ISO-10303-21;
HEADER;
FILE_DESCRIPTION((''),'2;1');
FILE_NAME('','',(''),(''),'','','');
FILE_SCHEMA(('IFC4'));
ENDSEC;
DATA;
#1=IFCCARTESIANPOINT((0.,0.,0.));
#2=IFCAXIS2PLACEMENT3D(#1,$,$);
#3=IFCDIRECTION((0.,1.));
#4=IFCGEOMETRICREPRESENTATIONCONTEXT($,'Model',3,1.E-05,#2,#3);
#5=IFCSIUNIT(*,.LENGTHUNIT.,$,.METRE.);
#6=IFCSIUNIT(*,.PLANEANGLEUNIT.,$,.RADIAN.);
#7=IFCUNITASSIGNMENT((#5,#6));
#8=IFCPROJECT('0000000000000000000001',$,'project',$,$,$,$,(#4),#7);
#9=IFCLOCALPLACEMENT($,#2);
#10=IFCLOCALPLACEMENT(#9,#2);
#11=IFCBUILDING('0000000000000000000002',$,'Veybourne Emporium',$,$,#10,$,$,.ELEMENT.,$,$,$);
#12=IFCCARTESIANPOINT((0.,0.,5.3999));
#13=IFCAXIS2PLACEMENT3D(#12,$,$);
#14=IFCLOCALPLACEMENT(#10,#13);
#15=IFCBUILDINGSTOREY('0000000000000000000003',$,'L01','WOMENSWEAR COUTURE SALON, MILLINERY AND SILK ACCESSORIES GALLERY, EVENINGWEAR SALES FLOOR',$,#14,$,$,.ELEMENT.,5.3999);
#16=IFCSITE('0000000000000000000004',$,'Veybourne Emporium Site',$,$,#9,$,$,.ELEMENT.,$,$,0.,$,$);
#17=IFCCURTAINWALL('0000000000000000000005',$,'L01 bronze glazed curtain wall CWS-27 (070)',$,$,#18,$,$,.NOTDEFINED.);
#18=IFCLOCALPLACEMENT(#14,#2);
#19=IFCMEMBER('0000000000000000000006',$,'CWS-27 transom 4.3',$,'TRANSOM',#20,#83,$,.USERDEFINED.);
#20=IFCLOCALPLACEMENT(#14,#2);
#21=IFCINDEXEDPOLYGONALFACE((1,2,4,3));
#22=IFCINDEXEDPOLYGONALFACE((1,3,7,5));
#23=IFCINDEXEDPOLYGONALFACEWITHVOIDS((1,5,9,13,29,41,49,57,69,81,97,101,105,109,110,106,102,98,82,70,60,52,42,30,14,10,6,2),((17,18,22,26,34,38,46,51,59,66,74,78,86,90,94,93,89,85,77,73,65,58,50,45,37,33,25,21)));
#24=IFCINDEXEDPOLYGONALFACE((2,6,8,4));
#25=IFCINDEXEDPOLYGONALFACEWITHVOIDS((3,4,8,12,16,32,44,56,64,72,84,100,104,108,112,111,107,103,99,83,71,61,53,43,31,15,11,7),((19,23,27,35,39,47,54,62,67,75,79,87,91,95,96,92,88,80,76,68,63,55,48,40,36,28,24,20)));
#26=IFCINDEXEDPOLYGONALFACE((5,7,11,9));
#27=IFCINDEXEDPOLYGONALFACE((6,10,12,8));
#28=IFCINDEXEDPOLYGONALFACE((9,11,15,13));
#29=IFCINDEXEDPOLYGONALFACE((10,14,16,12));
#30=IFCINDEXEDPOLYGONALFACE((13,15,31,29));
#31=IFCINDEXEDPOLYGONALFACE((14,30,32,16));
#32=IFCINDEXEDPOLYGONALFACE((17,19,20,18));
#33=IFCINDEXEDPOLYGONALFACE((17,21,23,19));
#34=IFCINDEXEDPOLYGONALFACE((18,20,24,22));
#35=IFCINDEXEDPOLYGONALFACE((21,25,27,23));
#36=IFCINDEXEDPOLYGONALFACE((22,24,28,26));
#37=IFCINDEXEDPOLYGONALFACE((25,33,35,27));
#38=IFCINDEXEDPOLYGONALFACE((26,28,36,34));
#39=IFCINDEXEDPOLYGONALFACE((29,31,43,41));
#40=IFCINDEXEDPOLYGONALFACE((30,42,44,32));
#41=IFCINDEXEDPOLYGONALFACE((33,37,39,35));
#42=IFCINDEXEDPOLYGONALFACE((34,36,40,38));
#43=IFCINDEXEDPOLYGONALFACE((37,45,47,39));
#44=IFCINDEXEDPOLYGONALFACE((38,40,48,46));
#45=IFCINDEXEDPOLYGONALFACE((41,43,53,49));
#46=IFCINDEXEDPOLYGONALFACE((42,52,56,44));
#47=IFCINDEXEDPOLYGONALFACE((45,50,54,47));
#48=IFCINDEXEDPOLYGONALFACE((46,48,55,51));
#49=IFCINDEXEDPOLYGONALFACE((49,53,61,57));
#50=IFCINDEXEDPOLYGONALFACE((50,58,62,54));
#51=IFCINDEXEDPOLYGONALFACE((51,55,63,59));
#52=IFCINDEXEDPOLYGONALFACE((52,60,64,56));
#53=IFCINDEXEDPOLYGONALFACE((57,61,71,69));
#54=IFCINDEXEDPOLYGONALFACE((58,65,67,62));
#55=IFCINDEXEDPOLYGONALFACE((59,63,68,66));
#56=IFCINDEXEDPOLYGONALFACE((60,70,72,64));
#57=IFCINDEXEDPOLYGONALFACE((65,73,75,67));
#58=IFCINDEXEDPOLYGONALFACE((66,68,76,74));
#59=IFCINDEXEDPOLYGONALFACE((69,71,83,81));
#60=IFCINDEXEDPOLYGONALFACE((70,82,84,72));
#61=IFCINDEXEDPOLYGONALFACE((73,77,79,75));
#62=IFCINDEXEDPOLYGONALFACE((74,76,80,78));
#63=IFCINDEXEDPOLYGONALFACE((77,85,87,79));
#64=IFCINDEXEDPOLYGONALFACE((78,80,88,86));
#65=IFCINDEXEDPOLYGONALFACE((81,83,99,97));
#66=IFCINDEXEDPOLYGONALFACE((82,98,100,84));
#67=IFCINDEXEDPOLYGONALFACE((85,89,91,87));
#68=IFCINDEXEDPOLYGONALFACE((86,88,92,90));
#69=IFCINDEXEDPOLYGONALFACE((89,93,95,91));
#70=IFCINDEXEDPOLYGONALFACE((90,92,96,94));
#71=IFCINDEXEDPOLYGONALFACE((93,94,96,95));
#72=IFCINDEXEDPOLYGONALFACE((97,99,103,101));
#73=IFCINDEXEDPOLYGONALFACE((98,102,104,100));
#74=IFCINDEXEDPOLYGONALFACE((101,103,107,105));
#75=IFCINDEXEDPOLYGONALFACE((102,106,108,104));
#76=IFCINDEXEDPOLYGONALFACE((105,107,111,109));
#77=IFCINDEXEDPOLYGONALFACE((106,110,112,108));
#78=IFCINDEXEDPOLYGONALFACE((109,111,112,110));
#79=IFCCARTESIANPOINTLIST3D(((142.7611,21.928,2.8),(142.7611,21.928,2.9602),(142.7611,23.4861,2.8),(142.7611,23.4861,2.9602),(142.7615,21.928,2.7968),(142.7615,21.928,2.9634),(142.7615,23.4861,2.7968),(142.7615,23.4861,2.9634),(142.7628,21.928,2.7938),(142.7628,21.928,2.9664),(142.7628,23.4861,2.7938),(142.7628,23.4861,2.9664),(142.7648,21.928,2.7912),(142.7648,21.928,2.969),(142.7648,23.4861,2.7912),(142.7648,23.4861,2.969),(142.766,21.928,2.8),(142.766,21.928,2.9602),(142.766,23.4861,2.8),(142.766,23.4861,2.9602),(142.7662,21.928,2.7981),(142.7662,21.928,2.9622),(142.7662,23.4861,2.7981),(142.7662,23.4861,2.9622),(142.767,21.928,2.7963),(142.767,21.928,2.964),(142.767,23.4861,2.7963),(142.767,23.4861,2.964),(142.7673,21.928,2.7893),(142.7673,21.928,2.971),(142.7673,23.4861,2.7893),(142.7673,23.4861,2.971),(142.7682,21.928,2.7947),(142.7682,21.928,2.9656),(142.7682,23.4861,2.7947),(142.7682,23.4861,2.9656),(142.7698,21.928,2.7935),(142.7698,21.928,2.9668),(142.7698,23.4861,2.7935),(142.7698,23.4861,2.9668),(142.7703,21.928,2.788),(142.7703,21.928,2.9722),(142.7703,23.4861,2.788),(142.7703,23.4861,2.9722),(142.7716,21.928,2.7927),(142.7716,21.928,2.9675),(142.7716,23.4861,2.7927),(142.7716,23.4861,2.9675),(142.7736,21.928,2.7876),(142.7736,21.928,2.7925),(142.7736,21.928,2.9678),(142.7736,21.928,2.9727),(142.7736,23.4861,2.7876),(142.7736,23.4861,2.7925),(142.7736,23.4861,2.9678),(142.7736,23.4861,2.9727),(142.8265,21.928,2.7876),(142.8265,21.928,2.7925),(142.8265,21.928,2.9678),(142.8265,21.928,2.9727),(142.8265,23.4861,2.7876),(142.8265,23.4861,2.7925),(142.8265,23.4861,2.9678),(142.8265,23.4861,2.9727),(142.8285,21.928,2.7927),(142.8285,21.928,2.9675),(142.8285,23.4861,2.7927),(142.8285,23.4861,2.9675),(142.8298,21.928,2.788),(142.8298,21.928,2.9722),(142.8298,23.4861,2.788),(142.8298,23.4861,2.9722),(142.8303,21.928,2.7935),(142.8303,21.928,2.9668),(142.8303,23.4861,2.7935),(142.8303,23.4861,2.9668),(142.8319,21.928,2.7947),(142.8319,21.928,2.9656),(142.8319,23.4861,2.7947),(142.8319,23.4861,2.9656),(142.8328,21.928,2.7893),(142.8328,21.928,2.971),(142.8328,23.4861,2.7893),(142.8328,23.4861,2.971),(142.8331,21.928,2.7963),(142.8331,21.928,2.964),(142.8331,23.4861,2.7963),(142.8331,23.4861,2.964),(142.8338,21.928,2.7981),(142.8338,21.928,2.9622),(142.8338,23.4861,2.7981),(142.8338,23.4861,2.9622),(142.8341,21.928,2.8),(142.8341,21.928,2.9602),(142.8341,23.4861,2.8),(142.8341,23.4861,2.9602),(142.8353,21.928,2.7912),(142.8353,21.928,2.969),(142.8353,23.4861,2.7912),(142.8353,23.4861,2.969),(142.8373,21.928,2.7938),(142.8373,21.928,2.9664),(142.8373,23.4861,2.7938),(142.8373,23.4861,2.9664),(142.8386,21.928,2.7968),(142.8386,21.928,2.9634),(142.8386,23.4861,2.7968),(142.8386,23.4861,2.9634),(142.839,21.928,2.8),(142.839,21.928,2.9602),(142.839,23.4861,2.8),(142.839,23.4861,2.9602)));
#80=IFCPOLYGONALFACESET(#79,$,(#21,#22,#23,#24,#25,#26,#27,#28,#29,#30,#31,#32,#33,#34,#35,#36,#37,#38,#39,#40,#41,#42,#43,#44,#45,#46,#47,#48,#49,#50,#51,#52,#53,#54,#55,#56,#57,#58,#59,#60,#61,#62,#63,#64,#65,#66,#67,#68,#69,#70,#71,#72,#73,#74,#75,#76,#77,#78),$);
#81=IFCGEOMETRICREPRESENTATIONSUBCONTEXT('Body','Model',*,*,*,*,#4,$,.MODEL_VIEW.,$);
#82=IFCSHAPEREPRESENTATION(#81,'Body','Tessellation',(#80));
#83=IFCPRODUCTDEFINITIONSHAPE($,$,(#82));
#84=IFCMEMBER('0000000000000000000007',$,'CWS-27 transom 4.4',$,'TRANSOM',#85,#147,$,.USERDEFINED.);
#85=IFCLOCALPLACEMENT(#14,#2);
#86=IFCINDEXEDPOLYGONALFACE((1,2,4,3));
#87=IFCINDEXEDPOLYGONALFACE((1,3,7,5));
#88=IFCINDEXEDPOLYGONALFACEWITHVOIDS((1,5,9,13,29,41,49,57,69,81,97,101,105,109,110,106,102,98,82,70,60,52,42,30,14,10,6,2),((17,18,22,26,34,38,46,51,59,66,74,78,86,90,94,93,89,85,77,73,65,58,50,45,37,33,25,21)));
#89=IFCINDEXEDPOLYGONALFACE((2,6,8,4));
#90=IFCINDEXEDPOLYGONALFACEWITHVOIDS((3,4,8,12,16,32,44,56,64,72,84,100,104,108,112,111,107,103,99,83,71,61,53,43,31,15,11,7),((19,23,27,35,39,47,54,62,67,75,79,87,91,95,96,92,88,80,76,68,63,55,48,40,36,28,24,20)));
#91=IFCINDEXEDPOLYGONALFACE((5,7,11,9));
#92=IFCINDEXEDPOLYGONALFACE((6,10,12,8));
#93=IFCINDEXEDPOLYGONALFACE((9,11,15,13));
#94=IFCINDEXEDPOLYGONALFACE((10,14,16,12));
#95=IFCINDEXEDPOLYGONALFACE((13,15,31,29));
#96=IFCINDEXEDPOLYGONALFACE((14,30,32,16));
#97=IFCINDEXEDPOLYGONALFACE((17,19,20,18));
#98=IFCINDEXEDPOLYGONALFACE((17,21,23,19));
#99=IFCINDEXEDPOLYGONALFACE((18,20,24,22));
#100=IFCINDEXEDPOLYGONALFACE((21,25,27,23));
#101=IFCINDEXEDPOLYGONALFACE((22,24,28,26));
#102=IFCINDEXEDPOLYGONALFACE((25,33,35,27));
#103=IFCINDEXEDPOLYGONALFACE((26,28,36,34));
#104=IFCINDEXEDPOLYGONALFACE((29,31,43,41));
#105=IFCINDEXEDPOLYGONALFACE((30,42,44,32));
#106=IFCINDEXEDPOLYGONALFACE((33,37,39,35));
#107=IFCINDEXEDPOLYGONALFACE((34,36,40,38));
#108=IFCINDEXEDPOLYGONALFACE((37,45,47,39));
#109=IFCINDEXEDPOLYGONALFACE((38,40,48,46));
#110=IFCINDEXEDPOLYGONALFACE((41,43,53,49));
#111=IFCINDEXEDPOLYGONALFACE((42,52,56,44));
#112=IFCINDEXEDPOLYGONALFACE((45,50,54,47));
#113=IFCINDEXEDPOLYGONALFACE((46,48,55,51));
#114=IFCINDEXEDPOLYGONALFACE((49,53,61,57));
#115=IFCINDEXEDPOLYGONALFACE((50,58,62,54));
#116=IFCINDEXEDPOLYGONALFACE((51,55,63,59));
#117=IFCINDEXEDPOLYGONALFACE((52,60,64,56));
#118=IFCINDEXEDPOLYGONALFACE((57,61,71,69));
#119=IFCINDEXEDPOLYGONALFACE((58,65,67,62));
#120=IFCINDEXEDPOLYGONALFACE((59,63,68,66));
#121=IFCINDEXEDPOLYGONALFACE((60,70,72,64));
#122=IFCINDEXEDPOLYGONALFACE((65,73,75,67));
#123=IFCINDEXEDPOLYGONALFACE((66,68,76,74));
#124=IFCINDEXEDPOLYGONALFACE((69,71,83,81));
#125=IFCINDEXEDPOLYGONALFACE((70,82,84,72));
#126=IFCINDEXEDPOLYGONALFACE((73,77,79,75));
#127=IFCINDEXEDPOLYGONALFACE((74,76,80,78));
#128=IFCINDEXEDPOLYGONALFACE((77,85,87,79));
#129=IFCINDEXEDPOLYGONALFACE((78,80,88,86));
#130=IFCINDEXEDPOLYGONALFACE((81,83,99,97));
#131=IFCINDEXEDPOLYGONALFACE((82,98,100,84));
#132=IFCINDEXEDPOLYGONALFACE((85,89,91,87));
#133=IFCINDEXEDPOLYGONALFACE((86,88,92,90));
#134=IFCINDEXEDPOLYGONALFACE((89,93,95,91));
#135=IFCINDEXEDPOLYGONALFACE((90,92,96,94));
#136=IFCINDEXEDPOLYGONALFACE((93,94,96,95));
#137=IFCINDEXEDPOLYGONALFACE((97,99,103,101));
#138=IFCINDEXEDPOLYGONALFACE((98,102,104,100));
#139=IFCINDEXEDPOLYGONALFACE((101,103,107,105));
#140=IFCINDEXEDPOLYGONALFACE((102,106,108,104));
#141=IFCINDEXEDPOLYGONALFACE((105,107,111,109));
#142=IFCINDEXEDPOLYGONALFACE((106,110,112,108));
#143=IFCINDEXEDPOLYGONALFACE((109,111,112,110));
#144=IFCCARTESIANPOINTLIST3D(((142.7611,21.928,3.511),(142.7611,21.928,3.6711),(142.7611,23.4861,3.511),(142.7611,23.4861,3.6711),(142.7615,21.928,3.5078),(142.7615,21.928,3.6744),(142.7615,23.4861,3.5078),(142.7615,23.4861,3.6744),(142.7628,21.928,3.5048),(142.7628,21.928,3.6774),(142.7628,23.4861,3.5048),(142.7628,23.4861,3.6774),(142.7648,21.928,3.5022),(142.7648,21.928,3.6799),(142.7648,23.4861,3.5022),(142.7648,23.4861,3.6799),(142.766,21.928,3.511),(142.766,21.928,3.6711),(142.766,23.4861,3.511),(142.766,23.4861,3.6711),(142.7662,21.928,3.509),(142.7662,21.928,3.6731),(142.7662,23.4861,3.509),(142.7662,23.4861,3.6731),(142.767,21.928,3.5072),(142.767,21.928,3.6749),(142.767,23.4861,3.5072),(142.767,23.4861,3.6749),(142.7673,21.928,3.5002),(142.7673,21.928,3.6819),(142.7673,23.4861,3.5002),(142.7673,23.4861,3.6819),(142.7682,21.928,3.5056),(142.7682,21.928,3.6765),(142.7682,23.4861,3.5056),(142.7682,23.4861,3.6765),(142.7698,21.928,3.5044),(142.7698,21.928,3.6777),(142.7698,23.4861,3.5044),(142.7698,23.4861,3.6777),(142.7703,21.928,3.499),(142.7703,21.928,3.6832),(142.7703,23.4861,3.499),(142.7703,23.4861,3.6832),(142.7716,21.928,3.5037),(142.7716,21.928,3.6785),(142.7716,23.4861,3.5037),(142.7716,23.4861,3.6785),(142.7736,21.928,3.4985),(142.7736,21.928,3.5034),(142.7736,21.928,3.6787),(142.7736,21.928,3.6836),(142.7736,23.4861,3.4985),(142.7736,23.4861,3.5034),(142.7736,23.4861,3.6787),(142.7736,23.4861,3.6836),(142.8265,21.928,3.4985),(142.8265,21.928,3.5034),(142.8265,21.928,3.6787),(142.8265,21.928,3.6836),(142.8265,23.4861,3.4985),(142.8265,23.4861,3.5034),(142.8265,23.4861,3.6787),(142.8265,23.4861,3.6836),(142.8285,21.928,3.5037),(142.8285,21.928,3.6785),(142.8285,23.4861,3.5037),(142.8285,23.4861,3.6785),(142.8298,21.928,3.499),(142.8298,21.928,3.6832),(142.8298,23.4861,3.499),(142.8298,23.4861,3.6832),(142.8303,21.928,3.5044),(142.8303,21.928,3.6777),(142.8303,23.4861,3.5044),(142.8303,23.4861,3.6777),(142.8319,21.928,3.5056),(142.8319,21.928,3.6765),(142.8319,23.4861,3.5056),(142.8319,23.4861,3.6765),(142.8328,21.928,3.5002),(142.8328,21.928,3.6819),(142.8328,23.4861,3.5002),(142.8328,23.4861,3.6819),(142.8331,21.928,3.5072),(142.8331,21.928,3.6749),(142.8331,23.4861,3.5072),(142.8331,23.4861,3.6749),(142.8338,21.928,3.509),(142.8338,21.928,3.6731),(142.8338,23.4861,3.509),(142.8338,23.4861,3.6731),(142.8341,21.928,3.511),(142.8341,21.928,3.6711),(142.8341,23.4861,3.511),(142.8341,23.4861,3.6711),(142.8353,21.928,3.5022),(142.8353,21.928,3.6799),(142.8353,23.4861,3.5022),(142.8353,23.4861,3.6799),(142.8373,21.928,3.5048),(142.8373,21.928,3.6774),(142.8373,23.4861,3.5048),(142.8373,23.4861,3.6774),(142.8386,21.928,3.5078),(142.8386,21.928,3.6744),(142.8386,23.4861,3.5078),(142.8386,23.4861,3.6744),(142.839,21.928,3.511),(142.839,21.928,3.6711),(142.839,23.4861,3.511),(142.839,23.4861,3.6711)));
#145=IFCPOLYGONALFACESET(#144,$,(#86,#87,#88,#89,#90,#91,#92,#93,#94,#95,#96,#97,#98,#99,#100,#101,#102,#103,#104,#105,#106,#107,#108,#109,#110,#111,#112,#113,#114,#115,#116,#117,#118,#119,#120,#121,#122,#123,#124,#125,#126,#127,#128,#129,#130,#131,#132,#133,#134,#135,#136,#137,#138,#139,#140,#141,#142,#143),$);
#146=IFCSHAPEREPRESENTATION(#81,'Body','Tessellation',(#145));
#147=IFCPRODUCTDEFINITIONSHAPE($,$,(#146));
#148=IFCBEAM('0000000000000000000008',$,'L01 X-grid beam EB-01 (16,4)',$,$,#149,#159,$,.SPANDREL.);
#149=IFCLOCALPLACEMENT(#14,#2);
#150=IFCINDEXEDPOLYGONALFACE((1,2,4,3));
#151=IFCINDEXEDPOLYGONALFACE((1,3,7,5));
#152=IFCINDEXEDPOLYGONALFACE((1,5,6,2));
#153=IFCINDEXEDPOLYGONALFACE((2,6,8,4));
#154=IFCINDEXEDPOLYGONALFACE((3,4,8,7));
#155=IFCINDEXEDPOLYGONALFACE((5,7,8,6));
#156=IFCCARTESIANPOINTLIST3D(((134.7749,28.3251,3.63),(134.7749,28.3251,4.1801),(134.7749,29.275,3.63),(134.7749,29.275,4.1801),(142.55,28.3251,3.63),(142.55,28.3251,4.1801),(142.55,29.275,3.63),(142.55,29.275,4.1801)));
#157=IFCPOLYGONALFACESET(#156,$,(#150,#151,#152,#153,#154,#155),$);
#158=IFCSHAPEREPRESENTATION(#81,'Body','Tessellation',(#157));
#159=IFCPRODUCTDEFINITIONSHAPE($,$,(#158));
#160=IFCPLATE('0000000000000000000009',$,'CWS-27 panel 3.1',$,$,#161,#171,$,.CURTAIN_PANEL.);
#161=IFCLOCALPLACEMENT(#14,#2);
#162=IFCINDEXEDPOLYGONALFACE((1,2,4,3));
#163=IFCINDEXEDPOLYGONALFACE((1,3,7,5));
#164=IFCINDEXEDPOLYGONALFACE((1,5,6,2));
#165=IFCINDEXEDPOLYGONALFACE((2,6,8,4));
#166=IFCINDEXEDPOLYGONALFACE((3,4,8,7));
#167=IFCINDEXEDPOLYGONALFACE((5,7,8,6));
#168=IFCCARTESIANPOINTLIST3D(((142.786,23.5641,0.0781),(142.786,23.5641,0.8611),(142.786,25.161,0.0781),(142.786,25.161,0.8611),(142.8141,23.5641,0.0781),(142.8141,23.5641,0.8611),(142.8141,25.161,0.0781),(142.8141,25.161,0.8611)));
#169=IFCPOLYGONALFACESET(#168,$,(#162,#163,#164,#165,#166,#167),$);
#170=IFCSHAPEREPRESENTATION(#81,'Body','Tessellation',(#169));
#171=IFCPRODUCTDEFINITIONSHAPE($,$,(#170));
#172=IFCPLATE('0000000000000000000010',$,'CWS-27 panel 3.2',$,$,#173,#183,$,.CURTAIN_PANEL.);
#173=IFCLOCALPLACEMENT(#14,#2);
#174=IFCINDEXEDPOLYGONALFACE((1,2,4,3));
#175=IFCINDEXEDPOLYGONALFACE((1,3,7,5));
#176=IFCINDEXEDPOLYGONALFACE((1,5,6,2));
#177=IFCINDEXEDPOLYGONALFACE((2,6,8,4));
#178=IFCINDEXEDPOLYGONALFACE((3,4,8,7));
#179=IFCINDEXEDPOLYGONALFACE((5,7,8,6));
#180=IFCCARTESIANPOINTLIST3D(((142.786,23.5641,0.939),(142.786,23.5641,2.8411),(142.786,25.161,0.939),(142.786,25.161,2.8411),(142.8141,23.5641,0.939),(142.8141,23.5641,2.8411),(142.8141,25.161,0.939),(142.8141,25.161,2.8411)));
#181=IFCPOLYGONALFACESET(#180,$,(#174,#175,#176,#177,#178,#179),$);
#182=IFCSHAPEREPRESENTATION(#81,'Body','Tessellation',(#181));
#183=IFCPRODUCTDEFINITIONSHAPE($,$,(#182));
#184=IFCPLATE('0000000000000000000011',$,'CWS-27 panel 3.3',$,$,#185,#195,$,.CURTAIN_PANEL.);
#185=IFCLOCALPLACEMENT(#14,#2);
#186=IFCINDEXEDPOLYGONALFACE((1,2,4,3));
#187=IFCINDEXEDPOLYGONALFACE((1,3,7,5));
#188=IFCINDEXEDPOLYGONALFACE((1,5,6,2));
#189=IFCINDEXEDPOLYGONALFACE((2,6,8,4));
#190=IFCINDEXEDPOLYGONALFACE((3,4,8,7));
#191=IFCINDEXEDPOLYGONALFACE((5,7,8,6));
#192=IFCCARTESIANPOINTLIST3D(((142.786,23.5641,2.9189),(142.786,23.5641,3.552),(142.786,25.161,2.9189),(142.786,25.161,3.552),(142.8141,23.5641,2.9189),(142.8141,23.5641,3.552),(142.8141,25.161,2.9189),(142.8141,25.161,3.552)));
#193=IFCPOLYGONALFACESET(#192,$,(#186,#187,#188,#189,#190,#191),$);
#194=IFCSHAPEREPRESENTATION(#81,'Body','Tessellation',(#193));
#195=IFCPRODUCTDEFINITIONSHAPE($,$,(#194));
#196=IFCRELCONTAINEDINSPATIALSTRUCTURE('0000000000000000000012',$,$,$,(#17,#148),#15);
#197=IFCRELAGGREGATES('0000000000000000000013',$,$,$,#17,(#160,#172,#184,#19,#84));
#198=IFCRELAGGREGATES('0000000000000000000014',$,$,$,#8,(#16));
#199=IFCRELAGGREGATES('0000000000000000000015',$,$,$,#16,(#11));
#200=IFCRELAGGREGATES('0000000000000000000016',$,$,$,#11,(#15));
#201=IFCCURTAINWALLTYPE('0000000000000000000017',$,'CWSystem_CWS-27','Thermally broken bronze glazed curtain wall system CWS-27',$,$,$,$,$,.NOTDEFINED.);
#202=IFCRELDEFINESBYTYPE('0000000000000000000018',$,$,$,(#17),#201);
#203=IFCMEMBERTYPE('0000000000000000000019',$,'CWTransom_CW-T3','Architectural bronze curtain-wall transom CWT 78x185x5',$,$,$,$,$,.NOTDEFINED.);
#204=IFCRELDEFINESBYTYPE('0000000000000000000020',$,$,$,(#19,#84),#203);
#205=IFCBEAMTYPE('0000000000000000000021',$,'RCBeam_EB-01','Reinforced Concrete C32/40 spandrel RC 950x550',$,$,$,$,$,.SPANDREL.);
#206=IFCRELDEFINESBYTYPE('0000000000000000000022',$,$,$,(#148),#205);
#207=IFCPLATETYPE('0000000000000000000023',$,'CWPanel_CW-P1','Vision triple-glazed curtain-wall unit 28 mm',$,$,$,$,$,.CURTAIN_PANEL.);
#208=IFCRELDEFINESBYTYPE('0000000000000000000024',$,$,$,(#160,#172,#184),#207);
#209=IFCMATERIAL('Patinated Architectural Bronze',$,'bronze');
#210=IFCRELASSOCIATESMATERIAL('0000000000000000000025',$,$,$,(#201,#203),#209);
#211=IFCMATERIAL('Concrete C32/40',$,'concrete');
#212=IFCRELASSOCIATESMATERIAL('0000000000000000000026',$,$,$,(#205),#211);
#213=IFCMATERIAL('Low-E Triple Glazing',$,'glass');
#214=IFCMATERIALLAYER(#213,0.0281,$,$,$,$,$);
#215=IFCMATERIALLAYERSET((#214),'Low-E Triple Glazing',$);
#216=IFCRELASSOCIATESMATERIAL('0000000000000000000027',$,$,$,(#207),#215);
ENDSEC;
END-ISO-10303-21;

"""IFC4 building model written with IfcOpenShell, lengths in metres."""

from ifc_helpers import new_model, si_unit, direction, frame, origin, origin_2d, place, context, subcontext, project, spatial, rectangle, hollow_rectangle, extrude, material, layer, layer_set, material_profile, profile_set, type_object, element, aggregate, save


model = new_model("IFC4")

# Units and contexts
model_context = context("Model", 3, precision=1e-05, world=origin(), true_north=direction((0.0, 1.0)))
body_context = subcontext(model_context, "Body", "Model", "MODEL_VIEW")
ifc_project = project(units=[si_unit("LENGTHUNIT", "METRE"), si_unit("PLANEANGLEUNIT", "RADIAN")], contexts=[model_context])

# Site, building, storey
site_placement = place(None, origin())
site = spatial("IfcSite", under=ifc_project, at=site_placement, Name="Veybourne Emporium Site", CompositionType="ELEMENT", RefElevation=0.0)
building_placement = place(site_placement, origin())
building = spatial("IfcBuilding", under=site, at=building_placement, Name="Veybourne Emporium", CompositionType="ELEMENT")
storey_placement = place(building_placement, frame((0.0, 0.0, 5.3999)))
storey = spatial("IfcBuildingStorey", under=building, at=storey_placement, Name="L01", Description="WOMENSWEAR COUTURE SALON, MILLINERY AND SILK ACCESSORIES GALLERY, EVENINGWEAR SALES FLOOR", CompositionType="ELEMENT", Elevation=5.3999)

# Curtain wall, members
ifc_material_1 = material(Name="Patinated Architectural Bronze", Category="bronze")
curtain_wall_type = type_object("IfcCurtainWallType", Name="CWSystem_CWS-27", Description="Thermally broken bronze glazed curtain wall system CWS-27", PredefinedType="NOTDEFINED", material=ifc_material_1)
curtain_wall_placement = place(storey_placement, origin())
curtain_wall = element("IfcCurtainWall", 1, at=curtain_wall_placement, inside=storey, type_object=curtain_wall_type, Name="L01 bronze glazed curtain wall CWS-27 (070)", PredefinedType="NOTDEFINED")
ifc_material_profile_1 = material_profile(ifc_material_1, hollow_rectangle(XDim=0.0779, YDim=0.1851, WallThickness=0.0049, InnerFilletRadius=0.0076, OuterFilletRadius=0.0125, at=origin_2d()), Name="CWT 78x185x5")
ifc_profile_set_1 = profile_set([ifc_material_profile_1], Name="Patinated Architectural Bronze")
member_type_1 = type_object("IfcMemberType", Name="CWTransom_CW-T3", Description="Architectural bronze curtain-wall transom CWT 78x185x5", PredefinedType="NOTDEFINED", material=ifc_profile_set_1)
member_1_placement = place(storey_placement, frame((142.8, 23.4861, 2.8801), z_axis=(0.0, -1.0, 0.0), x_axis=(1.0, 0.0, 0.0)))
member_1 = element("IfcMember", 2, at=member_1_placement, type_object=member_type_1, Name="CWS-27 transom 4.3", ObjectType="TRANSOM", PredefinedType="USERDEFINED", context=body_context, shape_type="SweptSolid", body=[
    extrude(hollow_rectangle(XDim=0.0779, YDim=0.1851, WallThickness=0.0049, InnerFilletRadius=0.0076, OuterFilletRadius=0.0125, at=origin_2d()), origin(), (0.0, 0.0, 1.0), 1.5581),
])
member_2_placement = place(storey_placement, frame((142.8, 23.4861, 3.5911), z_axis=(0.0, -1.0, 0.0), x_axis=(1.0, 0.0, 0.0)))
member_2 = element("IfcMember", 3, at=member_2_placement, type_object=member_type_1, Name="CWS-27 transom 4.4", ObjectType="TRANSOM", PredefinedType="USERDEFINED", context=body_context, shape_type="SweptSolid", body=[
    extrude(hollow_rectangle(XDim=0.0779, YDim=0.1851, WallThickness=0.0049, InnerFilletRadius=0.0076, OuterFilletRadius=0.0125, at=origin_2d()), origin(), (0.0, 0.0, 1.0), 1.5581),
])

# Beam
ifc_material_2 = material(Name="Concrete C32/40", Category="concrete")
ifc_material_profile_2 = material_profile(ifc_material_2, rectangle(XDim=0.95, YDim=0.55, at=origin_2d()), Name="RC 950x550")
ifc_profile_set_2 = profile_set([ifc_material_profile_2], Name="Concrete C32/40")
beam_type = type_object("IfcBeamType", Name="RCBeam_EB-01", Description="Reinforced Concrete C32/40 spandrel RC 950x550", PredefinedType="SPANDREL", material=ifc_profile_set_2)
beam_placement = place(storey_placement, frame((134.7749, 28.8, 3.905), z_axis=(1.0, 0.0, 0.0), x_axis=(0.0, 1.0, 0.0)))
element("IfcBeam", 4, at=beam_placement, inside=storey, type_object=beam_type, Name="L01 X-grid beam EB-01 (16,4)", PredefinedType="SPANDREL", context=body_context, shape_type="SweptSolid", body=[
    extrude(rectangle(XDim=0.95, YDim=0.55, at=origin_2d()), origin(), (0.0, 0.0, 1.0), 7.7751),
])

# Plates
ifc_material_3 = material(Name="Low-E Triple Glazing", Category="glass")
ifc_layer_1 = layer(ifc_material_3, 0.0281)
ifc_layer_set_1 = layer_set([ifc_layer_1], Name="Low-E Triple Glazing")
plate_type = type_object("IfcPlateType", Name="CWPanel_CW-P1", Description="Vision triple-glazed curtain-wall unit 28 mm", PredefinedType="CURTAIN_PANEL", material=ifc_layer_set_1)
plate_1_placement = place(storey_placement, frame((142.8, 24.3625, 0.0781), z_axis=(0.0, 0.0, 1.0), x_axis=(0.0, -1.0, 0.0)))
plate_1 = element("IfcPlate", 5, at=plate_1_placement, type_object=plate_type, Name="CWS-27 panel 3.1", PredefinedType="CURTAIN_PANEL", context=body_context, shape_type="SweptSolid", body=[
    extrude(rectangle(XDim=1.5969, YDim=0.0281, at=origin_2d()), origin(), (0.0, 0.0, 1.0), 0.783),
])
plate_2_placement = place(storey_placement, frame((142.8, 24.3625, 0.939), z_axis=(0.0, 0.0, 1.0), x_axis=(0.0, -1.0, 0.0)))
plate_2 = element("IfcPlate", 6, at=plate_2_placement, type_object=plate_type, Name="CWS-27 panel 3.2", PredefinedType="CURTAIN_PANEL", context=body_context, shape_type="SweptSolid", body=[
    extrude(rectangle(XDim=1.5969, YDim=0.0281, at=origin_2d()), origin(), (0.0, 0.0, 1.0), 1.9021),
])
plate_3_placement = place(storey_placement, frame((142.8, 24.3625, 2.9189), z_axis=(0.0, 0.0, 1.0), x_axis=(0.0, -1.0, 0.0)))
plate_3 = element("IfcPlate", 7, at=plate_3_placement, type_object=plate_type, Name="CWS-27 panel 3.3", PredefinedType="CURTAIN_PANEL", context=body_context, shape_type="SweptSolid", body=[
    extrude(rectangle(XDim=1.5969, YDim=0.0281, at=origin_2d()), origin(), (0.0, 0.0, 1.0), 0.6331),
])
aggregate(curtain_wall, [plate_1, plate_2, plate_3, member_1, member_2])

save(model, "model.ifc")
